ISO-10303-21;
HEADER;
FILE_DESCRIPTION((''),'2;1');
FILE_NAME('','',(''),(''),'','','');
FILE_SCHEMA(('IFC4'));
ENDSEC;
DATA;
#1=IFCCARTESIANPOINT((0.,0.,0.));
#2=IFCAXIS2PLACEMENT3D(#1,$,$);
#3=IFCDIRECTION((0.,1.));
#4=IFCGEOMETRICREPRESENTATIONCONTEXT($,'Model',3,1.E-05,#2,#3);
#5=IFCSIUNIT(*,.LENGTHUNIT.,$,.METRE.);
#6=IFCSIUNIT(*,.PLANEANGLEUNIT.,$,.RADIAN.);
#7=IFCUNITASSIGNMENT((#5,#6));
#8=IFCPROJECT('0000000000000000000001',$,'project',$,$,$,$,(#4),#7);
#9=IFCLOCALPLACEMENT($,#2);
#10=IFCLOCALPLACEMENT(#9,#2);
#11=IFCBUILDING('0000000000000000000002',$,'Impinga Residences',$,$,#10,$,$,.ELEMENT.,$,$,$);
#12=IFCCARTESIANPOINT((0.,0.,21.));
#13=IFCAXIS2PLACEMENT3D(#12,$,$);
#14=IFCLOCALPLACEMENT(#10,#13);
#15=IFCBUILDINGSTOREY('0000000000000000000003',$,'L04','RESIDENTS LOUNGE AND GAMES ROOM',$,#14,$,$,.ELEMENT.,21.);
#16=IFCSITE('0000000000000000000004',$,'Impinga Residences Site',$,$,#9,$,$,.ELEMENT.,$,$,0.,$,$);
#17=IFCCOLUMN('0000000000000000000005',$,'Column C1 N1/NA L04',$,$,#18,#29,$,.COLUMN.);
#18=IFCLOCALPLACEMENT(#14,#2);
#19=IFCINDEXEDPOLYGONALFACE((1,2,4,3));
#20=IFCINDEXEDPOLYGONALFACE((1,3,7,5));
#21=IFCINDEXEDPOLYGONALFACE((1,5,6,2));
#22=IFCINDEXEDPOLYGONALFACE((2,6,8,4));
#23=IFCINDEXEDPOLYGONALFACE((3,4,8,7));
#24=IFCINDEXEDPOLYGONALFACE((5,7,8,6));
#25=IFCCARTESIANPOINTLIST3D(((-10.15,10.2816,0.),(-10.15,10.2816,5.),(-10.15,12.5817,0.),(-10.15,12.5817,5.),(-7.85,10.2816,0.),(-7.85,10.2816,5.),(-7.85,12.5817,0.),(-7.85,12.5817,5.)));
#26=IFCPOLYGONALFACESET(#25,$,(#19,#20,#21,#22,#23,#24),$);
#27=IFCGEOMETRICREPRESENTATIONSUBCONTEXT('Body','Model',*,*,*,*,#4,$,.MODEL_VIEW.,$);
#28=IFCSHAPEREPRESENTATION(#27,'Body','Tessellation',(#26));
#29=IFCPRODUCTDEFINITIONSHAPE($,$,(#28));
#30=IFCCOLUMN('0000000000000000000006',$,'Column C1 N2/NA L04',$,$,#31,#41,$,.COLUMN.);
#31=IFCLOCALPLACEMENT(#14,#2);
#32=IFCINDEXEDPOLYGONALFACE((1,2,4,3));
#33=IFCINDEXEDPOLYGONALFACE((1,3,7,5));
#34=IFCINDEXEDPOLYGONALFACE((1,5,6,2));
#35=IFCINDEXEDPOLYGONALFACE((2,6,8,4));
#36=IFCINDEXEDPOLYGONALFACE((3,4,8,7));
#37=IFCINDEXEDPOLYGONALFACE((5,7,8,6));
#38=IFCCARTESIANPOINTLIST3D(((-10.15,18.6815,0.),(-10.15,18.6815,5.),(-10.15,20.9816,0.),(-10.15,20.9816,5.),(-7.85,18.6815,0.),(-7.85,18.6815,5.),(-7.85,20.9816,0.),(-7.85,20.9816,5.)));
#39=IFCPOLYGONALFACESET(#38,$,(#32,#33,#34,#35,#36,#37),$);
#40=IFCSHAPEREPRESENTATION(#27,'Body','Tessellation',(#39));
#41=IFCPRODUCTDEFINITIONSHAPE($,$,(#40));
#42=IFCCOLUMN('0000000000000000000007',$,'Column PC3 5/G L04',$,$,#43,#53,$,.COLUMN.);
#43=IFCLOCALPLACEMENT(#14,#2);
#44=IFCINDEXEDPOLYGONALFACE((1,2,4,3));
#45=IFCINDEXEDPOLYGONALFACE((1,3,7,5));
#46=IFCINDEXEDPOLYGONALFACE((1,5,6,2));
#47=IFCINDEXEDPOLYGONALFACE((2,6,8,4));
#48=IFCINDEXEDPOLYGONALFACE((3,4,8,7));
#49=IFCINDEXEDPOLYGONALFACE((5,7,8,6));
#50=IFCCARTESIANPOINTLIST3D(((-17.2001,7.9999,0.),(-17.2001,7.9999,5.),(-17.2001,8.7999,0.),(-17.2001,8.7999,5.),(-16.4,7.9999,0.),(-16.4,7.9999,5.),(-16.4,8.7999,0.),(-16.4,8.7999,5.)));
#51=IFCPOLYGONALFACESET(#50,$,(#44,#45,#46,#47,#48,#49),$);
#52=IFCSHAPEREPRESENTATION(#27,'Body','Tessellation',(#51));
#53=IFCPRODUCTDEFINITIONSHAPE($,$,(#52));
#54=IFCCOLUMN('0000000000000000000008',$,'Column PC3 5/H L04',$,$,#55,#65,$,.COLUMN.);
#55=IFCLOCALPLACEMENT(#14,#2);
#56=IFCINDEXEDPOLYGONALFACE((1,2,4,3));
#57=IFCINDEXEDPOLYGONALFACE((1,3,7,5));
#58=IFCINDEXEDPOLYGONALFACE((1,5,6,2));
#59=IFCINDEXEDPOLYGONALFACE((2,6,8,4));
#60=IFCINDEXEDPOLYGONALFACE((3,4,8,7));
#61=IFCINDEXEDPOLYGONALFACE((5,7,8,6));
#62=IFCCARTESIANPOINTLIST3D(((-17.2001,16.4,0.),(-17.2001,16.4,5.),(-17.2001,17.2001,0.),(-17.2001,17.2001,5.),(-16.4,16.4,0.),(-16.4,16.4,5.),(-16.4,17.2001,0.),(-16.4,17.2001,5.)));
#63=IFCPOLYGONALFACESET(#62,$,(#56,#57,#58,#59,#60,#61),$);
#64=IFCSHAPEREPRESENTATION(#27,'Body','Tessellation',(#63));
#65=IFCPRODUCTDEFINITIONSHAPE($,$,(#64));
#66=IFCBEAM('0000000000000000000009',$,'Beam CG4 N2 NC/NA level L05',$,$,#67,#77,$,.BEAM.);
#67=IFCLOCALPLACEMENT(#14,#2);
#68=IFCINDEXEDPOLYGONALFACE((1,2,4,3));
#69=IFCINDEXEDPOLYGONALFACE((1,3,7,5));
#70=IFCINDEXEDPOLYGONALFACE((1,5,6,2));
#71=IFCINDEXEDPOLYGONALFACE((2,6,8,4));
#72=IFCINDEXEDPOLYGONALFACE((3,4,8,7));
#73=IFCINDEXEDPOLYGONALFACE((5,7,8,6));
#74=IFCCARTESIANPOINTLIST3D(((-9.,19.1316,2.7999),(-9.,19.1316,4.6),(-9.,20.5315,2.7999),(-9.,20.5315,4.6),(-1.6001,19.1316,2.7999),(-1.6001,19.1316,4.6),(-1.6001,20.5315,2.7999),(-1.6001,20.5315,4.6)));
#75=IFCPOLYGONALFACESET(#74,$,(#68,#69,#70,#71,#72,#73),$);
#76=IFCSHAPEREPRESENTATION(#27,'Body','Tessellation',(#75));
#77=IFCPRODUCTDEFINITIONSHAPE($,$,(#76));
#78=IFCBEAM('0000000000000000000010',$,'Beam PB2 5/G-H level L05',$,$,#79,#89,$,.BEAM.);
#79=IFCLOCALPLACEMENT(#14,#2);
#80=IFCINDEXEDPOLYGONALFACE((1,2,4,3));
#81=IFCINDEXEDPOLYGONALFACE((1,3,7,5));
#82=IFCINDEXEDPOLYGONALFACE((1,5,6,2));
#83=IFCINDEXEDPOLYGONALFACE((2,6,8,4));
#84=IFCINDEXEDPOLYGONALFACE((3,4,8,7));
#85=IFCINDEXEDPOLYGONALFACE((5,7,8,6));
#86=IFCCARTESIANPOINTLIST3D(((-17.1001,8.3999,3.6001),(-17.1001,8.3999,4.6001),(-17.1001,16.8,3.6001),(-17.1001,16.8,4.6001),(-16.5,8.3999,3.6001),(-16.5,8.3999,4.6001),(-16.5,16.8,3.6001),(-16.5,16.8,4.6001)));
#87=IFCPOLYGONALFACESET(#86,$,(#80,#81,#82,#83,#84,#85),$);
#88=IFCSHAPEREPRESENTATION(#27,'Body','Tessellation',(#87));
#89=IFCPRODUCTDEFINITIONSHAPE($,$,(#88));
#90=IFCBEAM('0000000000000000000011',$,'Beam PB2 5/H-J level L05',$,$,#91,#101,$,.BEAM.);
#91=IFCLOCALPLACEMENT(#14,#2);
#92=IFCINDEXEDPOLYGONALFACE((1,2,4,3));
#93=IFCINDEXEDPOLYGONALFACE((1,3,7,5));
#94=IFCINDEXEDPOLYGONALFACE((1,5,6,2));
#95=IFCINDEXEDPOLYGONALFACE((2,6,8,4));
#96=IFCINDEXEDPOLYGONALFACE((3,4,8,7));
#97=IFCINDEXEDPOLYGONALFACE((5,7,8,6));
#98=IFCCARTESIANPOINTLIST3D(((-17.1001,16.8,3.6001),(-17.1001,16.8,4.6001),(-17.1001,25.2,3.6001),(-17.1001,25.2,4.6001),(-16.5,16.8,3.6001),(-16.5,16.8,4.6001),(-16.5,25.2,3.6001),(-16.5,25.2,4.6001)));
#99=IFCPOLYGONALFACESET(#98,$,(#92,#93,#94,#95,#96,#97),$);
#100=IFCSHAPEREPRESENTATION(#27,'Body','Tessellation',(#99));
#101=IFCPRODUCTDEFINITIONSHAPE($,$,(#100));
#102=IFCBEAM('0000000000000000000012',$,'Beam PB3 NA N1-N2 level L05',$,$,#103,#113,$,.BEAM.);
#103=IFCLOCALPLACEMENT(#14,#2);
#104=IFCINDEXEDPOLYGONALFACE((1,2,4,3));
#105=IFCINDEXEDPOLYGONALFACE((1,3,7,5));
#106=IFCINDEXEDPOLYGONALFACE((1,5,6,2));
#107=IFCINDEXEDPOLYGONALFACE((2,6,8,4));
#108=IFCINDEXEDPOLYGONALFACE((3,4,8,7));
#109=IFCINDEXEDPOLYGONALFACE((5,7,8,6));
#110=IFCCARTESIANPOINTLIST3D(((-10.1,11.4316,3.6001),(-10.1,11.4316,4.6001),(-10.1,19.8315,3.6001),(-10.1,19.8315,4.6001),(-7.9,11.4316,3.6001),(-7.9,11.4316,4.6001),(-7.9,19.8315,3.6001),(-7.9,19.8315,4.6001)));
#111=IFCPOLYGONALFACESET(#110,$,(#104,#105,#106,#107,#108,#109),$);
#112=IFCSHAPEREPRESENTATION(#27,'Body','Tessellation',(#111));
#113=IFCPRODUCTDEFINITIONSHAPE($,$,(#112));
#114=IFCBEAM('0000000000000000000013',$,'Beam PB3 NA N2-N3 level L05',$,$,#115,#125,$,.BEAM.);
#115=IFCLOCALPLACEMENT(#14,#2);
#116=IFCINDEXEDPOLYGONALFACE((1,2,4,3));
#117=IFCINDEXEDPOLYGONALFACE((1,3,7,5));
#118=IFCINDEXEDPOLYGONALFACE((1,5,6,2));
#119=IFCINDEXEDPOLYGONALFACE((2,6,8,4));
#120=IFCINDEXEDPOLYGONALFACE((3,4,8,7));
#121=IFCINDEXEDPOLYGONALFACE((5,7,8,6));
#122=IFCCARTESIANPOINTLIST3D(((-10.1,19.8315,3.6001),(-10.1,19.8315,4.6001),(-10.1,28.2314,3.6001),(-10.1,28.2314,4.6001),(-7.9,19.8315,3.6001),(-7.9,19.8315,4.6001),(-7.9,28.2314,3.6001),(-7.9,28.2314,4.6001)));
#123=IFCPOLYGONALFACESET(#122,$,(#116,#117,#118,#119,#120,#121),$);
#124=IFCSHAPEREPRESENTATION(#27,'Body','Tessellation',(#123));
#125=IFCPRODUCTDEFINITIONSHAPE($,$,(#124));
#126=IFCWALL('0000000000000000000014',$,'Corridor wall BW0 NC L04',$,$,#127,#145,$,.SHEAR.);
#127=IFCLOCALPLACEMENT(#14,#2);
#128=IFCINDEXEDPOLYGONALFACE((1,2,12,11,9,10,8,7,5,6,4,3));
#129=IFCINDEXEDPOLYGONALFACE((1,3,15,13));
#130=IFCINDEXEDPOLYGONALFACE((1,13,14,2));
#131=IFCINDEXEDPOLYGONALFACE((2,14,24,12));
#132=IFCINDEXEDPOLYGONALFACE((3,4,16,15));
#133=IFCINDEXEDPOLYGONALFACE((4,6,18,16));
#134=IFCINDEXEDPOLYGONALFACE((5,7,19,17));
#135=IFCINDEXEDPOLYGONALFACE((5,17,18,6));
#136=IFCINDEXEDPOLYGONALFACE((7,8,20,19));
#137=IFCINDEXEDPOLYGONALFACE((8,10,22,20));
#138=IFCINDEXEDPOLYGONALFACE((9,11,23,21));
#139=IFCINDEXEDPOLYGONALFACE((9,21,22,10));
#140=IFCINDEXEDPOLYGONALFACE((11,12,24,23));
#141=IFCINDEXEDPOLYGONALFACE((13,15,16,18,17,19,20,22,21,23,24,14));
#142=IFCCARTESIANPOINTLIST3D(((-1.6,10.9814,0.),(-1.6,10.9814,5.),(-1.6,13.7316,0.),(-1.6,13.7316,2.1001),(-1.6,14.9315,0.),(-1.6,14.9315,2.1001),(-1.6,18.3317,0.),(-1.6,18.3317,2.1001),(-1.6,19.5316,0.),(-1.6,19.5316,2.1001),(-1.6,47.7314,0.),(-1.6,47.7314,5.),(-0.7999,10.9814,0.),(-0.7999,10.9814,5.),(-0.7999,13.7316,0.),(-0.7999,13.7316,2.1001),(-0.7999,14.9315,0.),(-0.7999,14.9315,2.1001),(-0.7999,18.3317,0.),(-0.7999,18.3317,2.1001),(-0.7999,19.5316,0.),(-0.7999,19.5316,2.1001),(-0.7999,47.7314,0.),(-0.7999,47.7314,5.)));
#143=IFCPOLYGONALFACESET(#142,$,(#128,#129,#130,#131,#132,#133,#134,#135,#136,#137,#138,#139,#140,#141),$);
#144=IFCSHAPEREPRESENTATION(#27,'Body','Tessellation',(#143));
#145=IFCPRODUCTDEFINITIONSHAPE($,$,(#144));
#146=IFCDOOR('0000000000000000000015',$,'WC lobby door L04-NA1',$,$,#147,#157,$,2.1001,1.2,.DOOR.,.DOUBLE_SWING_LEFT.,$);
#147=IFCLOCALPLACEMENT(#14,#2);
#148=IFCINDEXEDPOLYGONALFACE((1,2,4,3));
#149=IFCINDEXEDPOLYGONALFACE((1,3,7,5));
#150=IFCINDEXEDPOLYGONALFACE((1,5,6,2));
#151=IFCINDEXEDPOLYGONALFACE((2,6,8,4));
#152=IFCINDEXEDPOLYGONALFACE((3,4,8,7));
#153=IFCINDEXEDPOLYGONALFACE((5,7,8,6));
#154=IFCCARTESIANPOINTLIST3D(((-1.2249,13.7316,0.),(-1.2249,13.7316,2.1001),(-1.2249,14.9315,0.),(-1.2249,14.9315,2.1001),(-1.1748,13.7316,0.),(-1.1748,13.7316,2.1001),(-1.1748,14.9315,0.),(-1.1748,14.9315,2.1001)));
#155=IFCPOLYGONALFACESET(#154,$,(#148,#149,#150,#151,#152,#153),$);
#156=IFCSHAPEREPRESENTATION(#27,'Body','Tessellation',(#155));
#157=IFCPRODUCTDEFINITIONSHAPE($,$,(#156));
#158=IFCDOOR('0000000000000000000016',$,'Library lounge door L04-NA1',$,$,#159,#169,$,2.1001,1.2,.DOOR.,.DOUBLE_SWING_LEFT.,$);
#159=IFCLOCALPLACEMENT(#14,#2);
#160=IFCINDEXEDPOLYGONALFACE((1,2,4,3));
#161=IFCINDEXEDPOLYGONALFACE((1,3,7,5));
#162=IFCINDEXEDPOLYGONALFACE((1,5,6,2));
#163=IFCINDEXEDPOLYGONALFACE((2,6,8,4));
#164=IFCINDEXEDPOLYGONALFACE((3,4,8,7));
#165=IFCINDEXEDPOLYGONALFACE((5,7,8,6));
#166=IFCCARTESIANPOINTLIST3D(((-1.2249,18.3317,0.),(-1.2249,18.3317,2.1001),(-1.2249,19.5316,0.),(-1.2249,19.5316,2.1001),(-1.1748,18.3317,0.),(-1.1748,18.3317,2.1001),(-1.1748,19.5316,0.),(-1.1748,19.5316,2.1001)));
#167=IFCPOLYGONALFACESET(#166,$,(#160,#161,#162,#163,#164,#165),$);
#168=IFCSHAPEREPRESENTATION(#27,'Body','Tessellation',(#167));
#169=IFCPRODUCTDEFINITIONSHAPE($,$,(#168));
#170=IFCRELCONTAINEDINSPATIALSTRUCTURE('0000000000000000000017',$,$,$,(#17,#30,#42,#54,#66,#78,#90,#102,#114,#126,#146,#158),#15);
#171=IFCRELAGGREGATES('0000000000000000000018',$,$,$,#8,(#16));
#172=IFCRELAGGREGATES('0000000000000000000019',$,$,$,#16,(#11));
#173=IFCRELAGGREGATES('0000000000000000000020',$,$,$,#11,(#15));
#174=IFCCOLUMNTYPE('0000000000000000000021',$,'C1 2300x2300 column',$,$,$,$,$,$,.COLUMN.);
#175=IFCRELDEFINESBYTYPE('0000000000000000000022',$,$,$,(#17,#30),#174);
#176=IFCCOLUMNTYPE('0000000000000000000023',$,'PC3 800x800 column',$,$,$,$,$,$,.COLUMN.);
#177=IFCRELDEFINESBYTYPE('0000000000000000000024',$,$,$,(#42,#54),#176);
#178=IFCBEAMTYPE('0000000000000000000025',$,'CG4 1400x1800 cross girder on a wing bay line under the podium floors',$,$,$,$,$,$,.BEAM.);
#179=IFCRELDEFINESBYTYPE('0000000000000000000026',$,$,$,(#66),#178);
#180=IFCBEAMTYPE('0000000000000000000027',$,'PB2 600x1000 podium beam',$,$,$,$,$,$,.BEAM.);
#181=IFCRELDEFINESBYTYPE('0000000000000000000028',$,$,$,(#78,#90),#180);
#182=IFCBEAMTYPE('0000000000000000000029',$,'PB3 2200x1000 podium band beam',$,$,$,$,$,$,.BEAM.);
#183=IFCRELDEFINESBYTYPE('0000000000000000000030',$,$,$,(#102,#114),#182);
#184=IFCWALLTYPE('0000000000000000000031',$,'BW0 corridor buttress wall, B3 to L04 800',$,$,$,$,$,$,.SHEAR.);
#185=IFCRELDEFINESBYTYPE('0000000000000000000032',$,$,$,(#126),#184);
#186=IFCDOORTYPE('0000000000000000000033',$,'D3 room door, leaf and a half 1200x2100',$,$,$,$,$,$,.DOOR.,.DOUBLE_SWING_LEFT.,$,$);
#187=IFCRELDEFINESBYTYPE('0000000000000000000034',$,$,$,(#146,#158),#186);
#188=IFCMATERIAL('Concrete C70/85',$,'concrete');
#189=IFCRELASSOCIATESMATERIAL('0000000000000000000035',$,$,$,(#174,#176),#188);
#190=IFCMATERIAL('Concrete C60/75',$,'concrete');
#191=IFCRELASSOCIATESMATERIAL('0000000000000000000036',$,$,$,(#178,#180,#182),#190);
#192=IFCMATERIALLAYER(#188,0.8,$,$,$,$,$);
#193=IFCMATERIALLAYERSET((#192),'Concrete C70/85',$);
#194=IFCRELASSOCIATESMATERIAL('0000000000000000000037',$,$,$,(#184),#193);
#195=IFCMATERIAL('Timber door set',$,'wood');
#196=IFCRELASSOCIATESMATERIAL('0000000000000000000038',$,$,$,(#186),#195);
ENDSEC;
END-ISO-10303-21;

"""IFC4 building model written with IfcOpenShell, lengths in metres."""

from ifc_helpers import new_model, si_unit, direction, frame, frame_2d, origin, origin_2d, place, context, subcontext, project, spatial, rectangle, extrude, material, layer, layer_set, material_profile, profile_set, type_object, element, fill, save


model = new_model("IFC4")

# Units and contexts
model_context = context("Model", 3, precision=1e-05, world=origin(), true_north=direction((0.0, 1.0)))
body_context = subcontext(model_context, "Body", "Model", "MODEL_VIEW")
ifc_project = project(units=[si_unit("LENGTHUNIT", "METRE"), si_unit("PLANEANGLEUNIT", "RADIAN")], contexts=[model_context])

# Site, building, storey
site_placement = place(None, origin())
site = spatial("IfcSite", under=ifc_project, at=site_placement, Name="Impinga Residences Site", CompositionType="ELEMENT", RefElevation=0.0)
building_placement = place(site_placement, origin())
building = spatial("IfcBuilding", under=site, at=building_placement, Name="Impinga Residences", CompositionType="ELEMENT")
storey_placement = place(building_placement, frame((0.0, 0.0, 21.0)))
storey = spatial("IfcBuildingStorey", under=building, at=storey_placement, Name="L04", Description="RESIDENTS LOUNGE AND GAMES ROOM", CompositionType="ELEMENT", Elevation=21.0)

# Columns
ifc_material_1 = material(Name="Concrete C70/85", Category="concrete")
ifc_material_profile_1 = material_profile(ifc_material_1, rectangle(XDim=2.3, YDim=2.3, at=origin_2d()), Name="RC 2300x2300")
ifc_profile_set_1 = profile_set([ifc_material_profile_1], Name="Concrete C70/85")
column_type_1 = type_object("IfcColumnType", Name="C1 2300x2300 column", PredefinedType="COLUMN", material=ifc_profile_set_1)
for number, where, z_axis, x_axis, name in (
    (1, (-9.0, 11.4316, 0.0), (0.0, 0.0, 1.0), (1.0, 0.0, 0.0), "Column C1 N1/NA L04"),
    (2, (-9.0, 19.8315, 0.0), (0.0, 0.0, 1.0), (1.0, 0.0, 0.0), "Column C1 N2/NA L04"),
):
    element("IfcColumn", number, at=place(storey_placement, frame(where, z_axis=z_axis, x_axis=x_axis)), inside=storey, type_object=column_type_1, Name=name, PredefinedType="COLUMN", context=body_context, shape_type="SweptSolid", body=[
        extrude(rectangle(XDim=2.3, YDim=2.3, at=origin_2d()), origin(), (0.0, 0.0, 1.0), 5.0),
    ])
ifc_material_profile_2 = material_profile(ifc_material_1, rectangle(XDim=0.8, YDim=0.8, at=origin_2d()), Name="RC 800x800")
ifc_profile_set_2 = profile_set([ifc_material_profile_2], Name="Concrete C70/85")
column_type_2 = type_object("IfcColumnType", Name="PC3 800x800 column", PredefinedType="COLUMN", material=ifc_profile_set_2)
for number, where, z_axis, x_axis, name in (
    (3, (-16.8, 8.3999, 0.0), (0.0, 0.0, 1.0), (1.0, 0.0, 0.0), "Column PC3 5/G L04"),
    (4, (-16.8, 16.8, 0.0), (0.0, 0.0, 1.0), (1.0, 0.0, 0.0), "Column PC3 5/H L04"),
):
    element("IfcColumn", number, at=place(storey_placement, frame(where, z_axis=z_axis, x_axis=x_axis)), inside=storey, type_object=column_type_2, Name=name, PredefinedType="COLUMN", context=body_context, shape_type="SweptSolid", body=[
        extrude(rectangle(XDim=0.8, YDim=0.8, at=origin_2d()), origin(), (0.0, 0.0, 1.0), 5.0),
    ])

# Beams
ifc_material_2 = material(Name="Concrete C60/75", Category="concrete")
ifc_material_profile_3 = material_profile(ifc_material_2, rectangle(XDim=1.3999, YDim=1.8, at=origin_2d()), Name="RC 1400x1800")
ifc_profile_set_3 = profile_set([ifc_material_profile_3], Name="Concrete C60/75")
beam_type_1 = type_object("IfcBeamType", Name="CG4 1400x1800 cross girder on a wing bay line under the podium floors", PredefinedType="BEAM", material=ifc_profile_set_3)
beam_1_placement = place(storey_placement, frame((-1.6001, 19.8315, 3.7), z_axis=(-1.0, 0.0, 0.0), x_axis=(0.0, -1.0, 0.0)))
element("IfcBeam", 5, at=beam_1_placement, inside=storey, type_object=beam_type_1, Name="Beam CG4 N2 NC/NA level L05", PredefinedType="BEAM", context=body_context, shape_type="SweptSolid", body=[
    extrude(rectangle(XDim=1.3999, YDim=1.8, at=origin_2d()), origin(), (0.0, 0.0, 1.0), 7.3999),
])
ifc_material_profile_4 = material_profile(ifc_material_2, rectangle(XDim=0.6001, YDim=1.0, at=origin_2d()), Name="RC 600x1000")
ifc_profile_set_4 = profile_set([ifc_material_profile_4], Name="Concrete C60/75")
beam_type_2 = type_object("IfcBeamType", Name="PB2 600x1000 podium beam", PredefinedType="BEAM", material=ifc_profile_set_4)
beam_2_placement = place(storey_placement, frame((-16.8, 8.3999, 4.1001), z_axis=(0.0, 1.0, 0.0), x_axis=(-1.0, 0.0, 0.0)))
element("IfcBeam", 6, at=beam_2_placement, inside=storey, type_object=beam_type_2, Name="Beam PB2 5/G-H level L05", PredefinedType="BEAM", context=body_context, shape_type="SweptSolid", body=[
    extrude(rectangle(XDim=0.6001, YDim=1.0, at=origin_2d()), origin(), (0.0, 0.0, 1.0), 8.4001),
])
beam_3_placement = place(storey_placement, frame((-16.8, 16.8, 4.1001), z_axis=(0.0, 1.0, 0.0), x_axis=(-1.0, 0.0, 0.0)))
element("IfcBeam", 7, at=beam_3_placement, inside=storey, type_object=beam_type_2, Name="Beam PB2 5/H-J level L05", PredefinedType="BEAM", context=body_context, shape_type="SweptSolid", body=[
    extrude(rectangle(XDim=0.6001, YDim=1.0, at=origin_2d()), origin(), (0.0, 0.0, 1.0), 8.3999),
])
ifc_material_profile_5 = material_profile(ifc_material_2, rectangle(XDim=2.2, YDim=1.0, at=origin_2d()), Name="RC 2200x1000")
ifc_profile_set_5 = profile_set([ifc_material_profile_5], Name="Concrete C60/75")
beam_type_3 = type_object("IfcBeamType", Name="PB3 2200x1000 podium band beam", PredefinedType="BEAM", material=ifc_profile_set_5)
for number, where, z_axis, x_axis, name in (
    (8, (-9.0, 11.4316, 4.1001), (0.0, 1.0, 0.0), (-1.0, 0.0, 0.0), "Beam PB3 NA N1-N2 level L05"),
    (9, (-9.0, 19.8315, 4.1001), (0.0, 1.0, 0.0), (-1.0, 0.0, 0.0), "Beam PB3 NA N2-N3 level L05"),
):
    element("IfcBeam", number, at=place(storey_placement, frame(where, z_axis=z_axis, x_axis=x_axis)), inside=storey, type_object=beam_type_3, Name=name, PredefinedType="BEAM", context=body_context, shape_type="SweptSolid", body=[
        extrude(rectangle(XDim=2.2, YDim=1.0, at=origin_2d()), origin(), (0.0, 0.0, 1.0), 8.3999),
    ])

# Wall, openings, doors
ifc_layer_1 = layer(ifc_material_1, 0.8)
ifc_layer_set_1 = layer_set([ifc_layer_1], Name="Concrete C70/85")
wall_type_1 = type_object("IfcWallType", Name="BW0 corridor buttress wall, B3 to L04 800", PredefinedType="SHEAR", material=ifc_layer_set_1)
wall_1_placement = place(storey_placement, frame((-1.2, 10.9814, 0.0), z_axis=(0.0, 0.0, 1.0), x_axis=(0.0, 1.0, 0.0)))
wall_1 = element("IfcWall", 10, at=wall_1_placement, inside=storey, type_object=wall_type_1, Name="Corridor wall BW0 NC L04", PredefinedType="SHEAR", context=body_context, shape_type="SweptSolid", body=[
    extrude(rectangle(XDim=36.75, YDim=0.8, at=frame_2d((18.375, 0.0))), origin(), (0.0, 0.0, 1.0), 5.0),
])
opening_1_placement = place(wall_1_placement, frame((2.75, 0.0, 0.0)))
opening_1 = element("IfcOpeningElement", 11, at=opening_1_placement, cuts=wall_1, PredefinedType="OPENING", context=body_context, shape_type="SweptSolid", body=[
    extrude(rectangle(XDim=1.2, YDim=2.1001, at=frame_2d((0.6001, 1.05))), frame((0.0, 0.4099, 0.0), z_axis=(0.0, -1.0, 0.0), x_axis=(1.0, 0.0, 0.0)), (0.0, 0.0, 1.0), 0.8201),
])
opening_2_placement = place(wall_1_placement, frame((7.3501, 0.0, 0.0)))
opening_2 = element("IfcOpeningElement", 12, at=opening_2_placement, cuts=wall_1, PredefinedType="OPENING", context=body_context, shape_type="SweptSolid", body=[
    extrude(rectangle(XDim=1.2, YDim=2.1001, at=frame_2d((0.6001, 1.05))), frame((0.0, 0.4099, 0.0), z_axis=(0.0, -1.0, 0.0), x_axis=(1.0, 0.0, 0.0)), (0.0, 0.0, 1.0), 0.8201),
])
ifc_material_3 = material(Name="Timber door set", Category="wood")
door_type_1 = type_object("IfcDoorType", Name="D3 room door, leaf and a half 1200x2100", OperationType="DOUBLE_SWING_LEFT", PredefinedType="DOOR", material=ifc_material_3)
door_1_placement = place(opening_1_placement, origin())
door_1 = element("IfcDoor", 13, at=door_1_placement, inside=storey, type_object=door_type_1, Name="WC lobby door L04-NA1", OperationType="DOUBLE_SWING_LEFT", OverallHeight=2.1001, OverallWidth=1.2, PredefinedType="DOOR", context=body_context, shape_type="SweptSolid", body=[
    extrude(rectangle(XDim=1.2, YDim=2.1001, at=frame_2d((0.6001, 1.05))), frame((0.0, 0.0249, 0.0), z_axis=(0.0, -1.0, 0.0), x_axis=(1.0, 0.0, 0.0)), (0.0, 0.0, 1.0), 0.05),
])
fill(opening_1, door_1)
door_2_placement = place(opening_2_placement, origin())
door_2 = element("IfcDoor", 14, at=door_2_placement, inside=storey, type_object=door_type_1, Name="Library lounge door L04-NA1", OperationType="DOUBLE_SWING_LEFT", OverallHeight=2.1001, OverallWidth=1.2, PredefinedType="DOOR", context=body_context, shape_type="SweptSolid", body=[
    extrude(rectangle(XDim=1.2, YDim=2.1001, at=frame_2d((0.6001, 1.05))), frame((0.0, 0.0249, 0.0), z_axis=(0.0, -1.0, 0.0), x_axis=(1.0, 0.0, 0.0)), (0.0, 0.0, 1.0), 0.05),
])
fill(opening_2, door_2)

save(model, "model.ifc")
